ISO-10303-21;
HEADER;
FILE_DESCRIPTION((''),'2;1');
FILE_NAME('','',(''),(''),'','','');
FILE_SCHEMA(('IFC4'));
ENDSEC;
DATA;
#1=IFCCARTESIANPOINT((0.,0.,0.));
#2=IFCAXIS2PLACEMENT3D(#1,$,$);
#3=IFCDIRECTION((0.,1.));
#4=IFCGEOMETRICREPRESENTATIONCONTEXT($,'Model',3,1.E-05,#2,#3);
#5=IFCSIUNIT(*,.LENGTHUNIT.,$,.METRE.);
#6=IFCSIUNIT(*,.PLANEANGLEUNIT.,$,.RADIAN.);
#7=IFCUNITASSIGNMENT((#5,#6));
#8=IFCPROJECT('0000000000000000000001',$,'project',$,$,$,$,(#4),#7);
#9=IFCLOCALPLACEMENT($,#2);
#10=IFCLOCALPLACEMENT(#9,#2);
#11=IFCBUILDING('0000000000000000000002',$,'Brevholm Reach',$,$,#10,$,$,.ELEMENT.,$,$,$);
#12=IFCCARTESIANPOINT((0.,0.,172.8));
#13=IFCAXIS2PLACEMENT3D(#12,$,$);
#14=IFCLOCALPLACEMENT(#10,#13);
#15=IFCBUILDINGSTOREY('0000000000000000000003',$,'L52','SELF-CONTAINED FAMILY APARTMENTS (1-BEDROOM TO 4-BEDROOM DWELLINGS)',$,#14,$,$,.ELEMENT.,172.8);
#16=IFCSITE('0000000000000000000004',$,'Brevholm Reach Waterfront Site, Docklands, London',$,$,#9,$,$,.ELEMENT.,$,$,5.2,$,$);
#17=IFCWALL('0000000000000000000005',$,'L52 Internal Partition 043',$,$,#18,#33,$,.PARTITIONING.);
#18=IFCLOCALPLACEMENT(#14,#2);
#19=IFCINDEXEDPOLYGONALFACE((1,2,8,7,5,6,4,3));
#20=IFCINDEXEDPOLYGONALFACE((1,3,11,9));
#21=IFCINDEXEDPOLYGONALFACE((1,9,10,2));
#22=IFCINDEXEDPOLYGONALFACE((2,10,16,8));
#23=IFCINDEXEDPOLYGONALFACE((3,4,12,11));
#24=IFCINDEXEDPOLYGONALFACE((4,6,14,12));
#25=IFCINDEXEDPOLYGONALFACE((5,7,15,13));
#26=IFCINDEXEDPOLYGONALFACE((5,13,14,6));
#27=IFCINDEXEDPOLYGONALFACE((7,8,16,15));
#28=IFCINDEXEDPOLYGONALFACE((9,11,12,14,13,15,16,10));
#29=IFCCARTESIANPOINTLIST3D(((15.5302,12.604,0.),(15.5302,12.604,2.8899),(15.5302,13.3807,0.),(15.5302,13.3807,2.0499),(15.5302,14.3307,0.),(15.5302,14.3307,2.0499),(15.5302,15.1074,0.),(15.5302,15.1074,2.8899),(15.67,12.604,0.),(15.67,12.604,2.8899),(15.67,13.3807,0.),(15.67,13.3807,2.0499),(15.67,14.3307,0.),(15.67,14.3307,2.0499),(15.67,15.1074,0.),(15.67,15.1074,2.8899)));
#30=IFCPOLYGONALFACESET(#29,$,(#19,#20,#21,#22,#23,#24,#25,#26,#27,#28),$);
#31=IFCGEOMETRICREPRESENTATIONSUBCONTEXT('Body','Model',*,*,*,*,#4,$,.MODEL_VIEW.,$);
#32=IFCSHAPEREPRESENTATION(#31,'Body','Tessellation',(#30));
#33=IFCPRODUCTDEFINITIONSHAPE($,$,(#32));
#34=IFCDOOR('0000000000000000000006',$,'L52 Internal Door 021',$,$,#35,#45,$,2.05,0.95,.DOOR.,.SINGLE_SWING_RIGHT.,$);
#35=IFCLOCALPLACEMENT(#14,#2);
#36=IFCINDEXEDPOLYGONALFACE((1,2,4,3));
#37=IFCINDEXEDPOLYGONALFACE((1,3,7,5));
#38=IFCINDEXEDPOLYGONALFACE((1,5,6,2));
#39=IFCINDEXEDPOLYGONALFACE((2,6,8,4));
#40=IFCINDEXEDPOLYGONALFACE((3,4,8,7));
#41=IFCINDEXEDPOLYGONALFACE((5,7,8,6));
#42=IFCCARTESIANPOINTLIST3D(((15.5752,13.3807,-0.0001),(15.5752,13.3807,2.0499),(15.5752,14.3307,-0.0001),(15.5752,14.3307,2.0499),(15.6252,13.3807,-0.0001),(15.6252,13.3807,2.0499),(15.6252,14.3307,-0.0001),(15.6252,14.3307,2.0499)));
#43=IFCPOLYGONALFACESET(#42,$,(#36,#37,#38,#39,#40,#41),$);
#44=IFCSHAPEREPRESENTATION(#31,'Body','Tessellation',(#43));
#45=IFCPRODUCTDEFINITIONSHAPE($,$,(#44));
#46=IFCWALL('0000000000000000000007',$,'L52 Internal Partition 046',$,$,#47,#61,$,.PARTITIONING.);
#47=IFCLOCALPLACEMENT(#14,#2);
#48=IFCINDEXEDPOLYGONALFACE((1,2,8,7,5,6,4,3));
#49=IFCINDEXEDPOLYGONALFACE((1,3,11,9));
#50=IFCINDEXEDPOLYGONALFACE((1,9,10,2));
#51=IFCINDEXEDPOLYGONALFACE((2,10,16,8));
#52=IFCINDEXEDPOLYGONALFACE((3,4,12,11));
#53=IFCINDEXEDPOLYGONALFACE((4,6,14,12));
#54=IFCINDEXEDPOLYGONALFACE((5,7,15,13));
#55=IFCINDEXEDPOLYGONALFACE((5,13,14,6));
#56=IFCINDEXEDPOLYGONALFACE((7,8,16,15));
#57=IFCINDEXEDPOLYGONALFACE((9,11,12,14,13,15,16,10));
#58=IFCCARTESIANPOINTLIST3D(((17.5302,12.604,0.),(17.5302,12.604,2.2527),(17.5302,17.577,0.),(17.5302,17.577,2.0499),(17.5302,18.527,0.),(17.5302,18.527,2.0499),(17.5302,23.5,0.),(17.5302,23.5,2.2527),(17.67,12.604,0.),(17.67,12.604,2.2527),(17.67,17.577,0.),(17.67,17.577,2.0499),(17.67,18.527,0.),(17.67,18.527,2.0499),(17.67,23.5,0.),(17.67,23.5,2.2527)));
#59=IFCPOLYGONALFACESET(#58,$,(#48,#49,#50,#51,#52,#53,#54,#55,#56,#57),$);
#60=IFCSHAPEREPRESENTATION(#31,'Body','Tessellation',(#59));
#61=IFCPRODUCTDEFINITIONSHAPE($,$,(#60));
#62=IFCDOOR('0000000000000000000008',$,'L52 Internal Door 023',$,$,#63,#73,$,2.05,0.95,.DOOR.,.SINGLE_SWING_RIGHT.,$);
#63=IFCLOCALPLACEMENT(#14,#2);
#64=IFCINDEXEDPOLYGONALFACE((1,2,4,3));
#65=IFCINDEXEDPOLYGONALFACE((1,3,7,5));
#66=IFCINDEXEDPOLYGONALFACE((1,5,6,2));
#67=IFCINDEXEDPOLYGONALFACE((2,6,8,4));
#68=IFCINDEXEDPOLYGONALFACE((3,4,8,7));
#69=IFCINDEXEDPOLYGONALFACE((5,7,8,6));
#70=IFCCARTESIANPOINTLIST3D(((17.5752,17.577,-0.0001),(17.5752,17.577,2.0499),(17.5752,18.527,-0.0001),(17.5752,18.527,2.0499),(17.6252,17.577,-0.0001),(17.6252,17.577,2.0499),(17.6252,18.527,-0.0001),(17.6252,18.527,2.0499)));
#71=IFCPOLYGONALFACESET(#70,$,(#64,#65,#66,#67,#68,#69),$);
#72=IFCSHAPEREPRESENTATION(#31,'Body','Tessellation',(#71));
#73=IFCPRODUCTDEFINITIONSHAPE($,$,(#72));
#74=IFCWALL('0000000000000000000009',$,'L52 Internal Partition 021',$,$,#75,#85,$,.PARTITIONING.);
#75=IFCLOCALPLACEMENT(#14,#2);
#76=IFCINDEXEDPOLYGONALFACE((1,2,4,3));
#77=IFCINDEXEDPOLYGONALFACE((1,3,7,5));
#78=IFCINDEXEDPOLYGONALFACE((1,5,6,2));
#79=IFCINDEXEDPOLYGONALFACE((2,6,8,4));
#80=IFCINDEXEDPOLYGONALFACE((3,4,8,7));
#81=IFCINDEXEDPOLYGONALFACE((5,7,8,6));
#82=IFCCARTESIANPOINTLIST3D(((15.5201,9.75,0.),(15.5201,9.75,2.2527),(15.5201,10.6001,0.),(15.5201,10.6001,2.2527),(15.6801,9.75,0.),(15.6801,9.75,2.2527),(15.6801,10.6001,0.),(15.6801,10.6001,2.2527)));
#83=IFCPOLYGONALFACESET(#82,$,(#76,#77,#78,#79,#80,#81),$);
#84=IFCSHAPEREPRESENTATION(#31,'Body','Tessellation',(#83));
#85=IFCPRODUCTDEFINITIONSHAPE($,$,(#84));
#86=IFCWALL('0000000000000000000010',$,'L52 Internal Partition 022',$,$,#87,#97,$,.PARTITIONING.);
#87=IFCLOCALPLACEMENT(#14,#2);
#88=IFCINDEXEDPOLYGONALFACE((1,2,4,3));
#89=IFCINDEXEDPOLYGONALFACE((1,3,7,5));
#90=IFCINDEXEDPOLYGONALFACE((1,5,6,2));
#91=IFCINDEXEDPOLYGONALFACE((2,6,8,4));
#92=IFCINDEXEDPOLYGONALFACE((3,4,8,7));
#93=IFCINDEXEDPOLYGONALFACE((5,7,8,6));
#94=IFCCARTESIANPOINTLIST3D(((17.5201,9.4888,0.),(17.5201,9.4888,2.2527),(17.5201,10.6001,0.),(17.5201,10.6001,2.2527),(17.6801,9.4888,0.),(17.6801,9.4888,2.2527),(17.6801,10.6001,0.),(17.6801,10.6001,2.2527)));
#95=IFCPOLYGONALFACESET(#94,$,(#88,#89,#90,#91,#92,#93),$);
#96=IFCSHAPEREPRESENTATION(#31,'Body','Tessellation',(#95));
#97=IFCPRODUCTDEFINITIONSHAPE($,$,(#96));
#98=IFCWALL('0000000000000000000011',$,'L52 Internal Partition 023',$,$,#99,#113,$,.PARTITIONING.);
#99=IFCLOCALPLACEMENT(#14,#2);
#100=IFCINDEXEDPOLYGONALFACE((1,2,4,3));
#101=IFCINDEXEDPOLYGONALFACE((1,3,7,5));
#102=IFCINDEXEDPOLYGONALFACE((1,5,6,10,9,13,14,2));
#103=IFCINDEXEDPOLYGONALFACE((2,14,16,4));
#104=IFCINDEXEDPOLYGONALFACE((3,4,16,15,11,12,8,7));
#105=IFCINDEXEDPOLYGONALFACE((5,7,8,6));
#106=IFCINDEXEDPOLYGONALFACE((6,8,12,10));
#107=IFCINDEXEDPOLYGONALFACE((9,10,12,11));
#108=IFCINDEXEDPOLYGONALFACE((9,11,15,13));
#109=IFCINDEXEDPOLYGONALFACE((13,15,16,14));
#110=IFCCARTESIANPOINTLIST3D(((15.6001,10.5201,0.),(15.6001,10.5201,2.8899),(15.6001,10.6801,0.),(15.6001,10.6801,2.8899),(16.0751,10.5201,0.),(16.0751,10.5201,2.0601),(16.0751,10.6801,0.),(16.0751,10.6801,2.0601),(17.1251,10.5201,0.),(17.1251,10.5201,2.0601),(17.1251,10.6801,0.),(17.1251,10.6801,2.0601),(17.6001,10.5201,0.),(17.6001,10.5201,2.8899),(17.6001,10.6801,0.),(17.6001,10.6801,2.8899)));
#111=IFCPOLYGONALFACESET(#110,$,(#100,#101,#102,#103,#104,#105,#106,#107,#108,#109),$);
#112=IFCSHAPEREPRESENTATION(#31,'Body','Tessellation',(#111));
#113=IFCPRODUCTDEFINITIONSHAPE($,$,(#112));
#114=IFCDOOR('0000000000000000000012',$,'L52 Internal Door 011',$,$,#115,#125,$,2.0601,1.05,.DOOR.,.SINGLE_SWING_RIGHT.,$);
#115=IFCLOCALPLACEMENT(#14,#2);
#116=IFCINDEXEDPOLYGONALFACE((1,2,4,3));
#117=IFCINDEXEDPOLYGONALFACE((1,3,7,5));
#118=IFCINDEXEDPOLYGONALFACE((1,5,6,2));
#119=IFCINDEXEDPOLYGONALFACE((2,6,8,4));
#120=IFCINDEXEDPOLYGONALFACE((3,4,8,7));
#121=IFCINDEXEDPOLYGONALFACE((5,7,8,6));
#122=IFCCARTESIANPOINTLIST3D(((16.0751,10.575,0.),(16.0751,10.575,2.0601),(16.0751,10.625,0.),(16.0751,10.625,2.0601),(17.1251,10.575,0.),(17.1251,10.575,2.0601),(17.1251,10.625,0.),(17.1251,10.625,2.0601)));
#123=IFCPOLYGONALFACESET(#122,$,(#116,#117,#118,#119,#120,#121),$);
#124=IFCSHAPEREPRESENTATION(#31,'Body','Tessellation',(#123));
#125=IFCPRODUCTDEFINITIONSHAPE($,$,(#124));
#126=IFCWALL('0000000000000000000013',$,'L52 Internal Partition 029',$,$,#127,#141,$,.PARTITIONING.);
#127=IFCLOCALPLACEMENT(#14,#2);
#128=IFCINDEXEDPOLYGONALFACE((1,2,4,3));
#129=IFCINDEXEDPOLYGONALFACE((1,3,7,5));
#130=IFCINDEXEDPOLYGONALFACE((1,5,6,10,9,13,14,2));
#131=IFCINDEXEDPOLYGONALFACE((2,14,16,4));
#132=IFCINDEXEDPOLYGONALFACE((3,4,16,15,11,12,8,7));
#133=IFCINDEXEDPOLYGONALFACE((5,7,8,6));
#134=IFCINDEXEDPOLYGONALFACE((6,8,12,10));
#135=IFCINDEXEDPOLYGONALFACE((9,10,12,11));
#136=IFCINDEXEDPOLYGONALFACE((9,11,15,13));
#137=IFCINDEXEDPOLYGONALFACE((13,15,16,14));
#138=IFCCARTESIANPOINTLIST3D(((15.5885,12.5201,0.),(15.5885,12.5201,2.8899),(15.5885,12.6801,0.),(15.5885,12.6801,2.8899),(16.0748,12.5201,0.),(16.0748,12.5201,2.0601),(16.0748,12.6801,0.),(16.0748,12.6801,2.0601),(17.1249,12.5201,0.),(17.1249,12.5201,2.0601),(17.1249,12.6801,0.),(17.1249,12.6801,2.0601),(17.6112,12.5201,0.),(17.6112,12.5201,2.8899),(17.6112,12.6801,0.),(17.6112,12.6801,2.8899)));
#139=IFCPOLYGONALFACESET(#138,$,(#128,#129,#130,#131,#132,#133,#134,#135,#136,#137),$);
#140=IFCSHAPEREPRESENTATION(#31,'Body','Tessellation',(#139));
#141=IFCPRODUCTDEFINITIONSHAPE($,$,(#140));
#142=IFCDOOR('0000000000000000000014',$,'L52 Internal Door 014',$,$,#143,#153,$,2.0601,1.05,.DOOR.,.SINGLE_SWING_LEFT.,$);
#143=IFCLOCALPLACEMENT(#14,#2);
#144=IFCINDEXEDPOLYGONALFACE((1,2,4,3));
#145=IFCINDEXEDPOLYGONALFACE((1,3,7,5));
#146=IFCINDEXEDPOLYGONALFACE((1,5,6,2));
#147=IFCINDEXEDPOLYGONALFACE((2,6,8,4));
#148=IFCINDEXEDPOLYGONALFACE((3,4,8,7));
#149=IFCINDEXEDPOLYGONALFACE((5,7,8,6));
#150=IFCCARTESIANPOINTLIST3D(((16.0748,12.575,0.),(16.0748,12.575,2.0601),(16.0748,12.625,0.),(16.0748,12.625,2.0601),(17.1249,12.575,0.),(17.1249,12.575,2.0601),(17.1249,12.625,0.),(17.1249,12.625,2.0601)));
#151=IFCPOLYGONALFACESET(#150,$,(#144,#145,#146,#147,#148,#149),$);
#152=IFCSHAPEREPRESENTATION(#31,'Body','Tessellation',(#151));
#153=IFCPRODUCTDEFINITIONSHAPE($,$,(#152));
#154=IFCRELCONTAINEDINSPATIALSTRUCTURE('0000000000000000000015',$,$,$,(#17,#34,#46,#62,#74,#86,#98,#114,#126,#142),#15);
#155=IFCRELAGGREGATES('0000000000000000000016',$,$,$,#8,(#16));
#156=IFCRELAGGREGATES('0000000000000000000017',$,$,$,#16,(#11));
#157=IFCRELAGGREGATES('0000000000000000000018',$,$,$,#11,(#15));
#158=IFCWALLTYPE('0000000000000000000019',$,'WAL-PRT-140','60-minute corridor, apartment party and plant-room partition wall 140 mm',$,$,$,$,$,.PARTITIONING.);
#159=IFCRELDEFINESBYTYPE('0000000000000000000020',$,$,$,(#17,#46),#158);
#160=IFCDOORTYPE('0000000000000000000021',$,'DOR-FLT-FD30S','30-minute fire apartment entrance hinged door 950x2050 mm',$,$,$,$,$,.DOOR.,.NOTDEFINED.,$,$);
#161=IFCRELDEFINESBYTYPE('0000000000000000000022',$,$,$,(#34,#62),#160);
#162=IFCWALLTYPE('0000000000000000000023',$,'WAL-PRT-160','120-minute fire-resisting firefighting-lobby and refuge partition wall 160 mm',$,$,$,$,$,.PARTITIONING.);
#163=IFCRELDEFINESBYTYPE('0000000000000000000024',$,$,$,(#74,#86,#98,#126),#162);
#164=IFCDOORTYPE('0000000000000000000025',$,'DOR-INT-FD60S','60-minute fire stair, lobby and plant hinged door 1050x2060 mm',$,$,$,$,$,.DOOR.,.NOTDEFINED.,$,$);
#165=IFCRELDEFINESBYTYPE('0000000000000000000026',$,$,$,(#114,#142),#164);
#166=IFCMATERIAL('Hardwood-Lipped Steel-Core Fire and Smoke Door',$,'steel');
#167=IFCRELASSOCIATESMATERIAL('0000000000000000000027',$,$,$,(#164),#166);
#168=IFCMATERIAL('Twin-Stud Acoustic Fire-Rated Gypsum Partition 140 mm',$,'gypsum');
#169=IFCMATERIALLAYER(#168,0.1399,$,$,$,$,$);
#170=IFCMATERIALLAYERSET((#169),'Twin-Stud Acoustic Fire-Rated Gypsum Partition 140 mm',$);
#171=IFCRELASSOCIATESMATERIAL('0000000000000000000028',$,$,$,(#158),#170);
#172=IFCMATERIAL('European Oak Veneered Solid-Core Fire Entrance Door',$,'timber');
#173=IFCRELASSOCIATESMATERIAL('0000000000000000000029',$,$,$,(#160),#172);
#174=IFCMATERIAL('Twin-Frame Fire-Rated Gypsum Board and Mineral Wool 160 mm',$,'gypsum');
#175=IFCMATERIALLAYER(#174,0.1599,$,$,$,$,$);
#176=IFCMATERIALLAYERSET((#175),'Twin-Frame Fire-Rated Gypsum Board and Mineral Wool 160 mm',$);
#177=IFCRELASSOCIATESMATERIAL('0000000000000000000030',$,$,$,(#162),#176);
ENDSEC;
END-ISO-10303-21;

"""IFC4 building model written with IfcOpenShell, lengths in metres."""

from ifc_helpers import new_model, si_unit, direction, frame, frame_2d, origin, place, context, subcontext, project, spatial, rectangle, extrude, material, layer, layer_set, type_object, element, fill, save


model = new_model("IFC4")

# Units and contexts
model_context = context("Model", 3, precision=1e-05, world=origin(), true_north=direction((0.0, 1.0)))
body_context = subcontext(model_context, "Body", "Model", "MODEL_VIEW")
ifc_project = project(units=[si_unit("LENGTHUNIT", "METRE"), si_unit("PLANEANGLEUNIT", "RADIAN")], contexts=[model_context])

# Site, building, storey
site_placement = place(None, origin())
site = spatial("IfcSite", under=ifc_project, at=site_placement, Name="Brevholm Reach Waterfront Site, Docklands, London", CompositionType="ELEMENT", RefElevation=5.2)
building_placement = place(site_placement, origin())
building = spatial("IfcBuilding", under=site, at=building_placement, Name="Brevholm Reach", CompositionType="ELEMENT")
storey_placement = place(building_placement, frame((0.0, 0.0, 172.8)))
storey = spatial("IfcBuildingStorey", under=building, at=storey_placement, Name="L52", Description="SELF-CONTAINED FAMILY APARTMENTS (1-BEDROOM TO 4-BEDROOM DWELLINGS)", CompositionType="ELEMENT", Elevation=172.8)

# Walls, openings, doors
ifc_material_1 = material(Name="Hardwood-Lipped Steel-Core Fire and Smoke Door", Category="steel")
door_type_1 = type_object("IfcDoorType", Name="DOR-INT-FD60S", Description="60-minute fire stair, lobby and plant hinged door 1050x2060 mm", OperationType="NOTDEFINED", PredefinedType="DOOR", material=ifc_material_1)
ifc_material_2 = material(Name="Twin-Stud Acoustic Fire-Rated Gypsum Partition 140 mm", Category="gypsum")
ifc_layer_1 = layer(ifc_material_2, 0.1399)
ifc_layer_set_1 = layer_set([ifc_layer_1], Name="Twin-Stud Acoustic Fire-Rated Gypsum Partition 140 mm")
wall_type_1 = type_object("IfcWallType", Name="WAL-PRT-140", Description="60-minute corridor, apartment party and plant-room partition wall 140 mm", PredefinedType="PARTITIONING", material=ifc_layer_set_1)
wall_1_placement = place(storey_placement, frame((15.6001, 12.604, 0.0), z_axis=(0.0, 0.0, 1.0), x_axis=(0.0, 1.0, 0.0)))
wall_1 = element("IfcWall", 1, at=wall_1_placement, inside=storey, type_object=wall_type_1, Name="L52 Internal Partition 043", PredefinedType="PARTITIONING", context=body_context, shape_type="SweptSolid", body=[
    extrude(rectangle(XDim=2.5034, YDim=0.1399, at=frame_2d((1.2517, 0.0))), origin(), (0.0, 0.0, 1.0), 2.8899),
])
opening_1_placement = place(wall_1_placement, frame((0.7766, 0.0, 0.0)))
opening_1 = element("IfcOpeningElement", 2, at=opening_1_placement, cuts=wall_1, PredefinedType="OPENING", context=body_context, shape_type="SweptSolid", body=[
    extrude(rectangle(XDim=0.95, YDim=2.05, at=frame_2d((0.4751, 1.0249))), frame((0.0, 0.0798, 0.0), z_axis=(0.0, -1.0, 0.0), x_axis=(1.0, 0.0, 0.0)), (0.0, 0.0, 1.0), 0.1599),
])
ifc_material_3 = material(Name="European Oak Veneered Solid-Core Fire Entrance Door", Category="timber")
door_type_2 = type_object("IfcDoorType", Name="DOR-FLT-FD30S", Description="30-minute fire apartment entrance hinged door 950x2050 mm", OperationType="NOTDEFINED", PredefinedType="DOOR", material=ifc_material_3)
door_1_placement = place(opening_1_placement, origin())
door_1 = element("IfcDoor", 3, at=door_1_placement, inside=storey, type_object=door_type_2, Name="L52 Internal Door 021", OperationType="SINGLE_SWING_RIGHT", OverallHeight=2.05, OverallWidth=0.95, PredefinedType="DOOR", context=body_context, shape_type="SweptSolid", body=[
    extrude(rectangle(XDim=0.95, YDim=2.05, at=frame_2d((0.4751, 1.0249))), frame((0.0, 0.0249, 0.0), z_axis=(0.0, -1.0, 0.0), x_axis=(1.0, 0.0, 0.0)), (0.0, 0.0, 1.0), 0.05),
])
fill(opening_1, door_1)
wall_2_placement = place(storey_placement, frame((17.6001, 12.604, 0.0), z_axis=(0.0, 0.0, 1.0), x_axis=(0.0, 1.0, 0.0)))
wall_2 = element("IfcWall", 4, at=wall_2_placement, inside=storey, type_object=wall_type_1, Name="L52 Internal Partition 046", PredefinedType="PARTITIONING", context=body_context, shape_type="SweptSolid", body=[
    extrude(rectangle(XDim=10.896, YDim=0.1399, at=frame_2d((5.448, 0.0))), origin(), (0.0, 0.0, 1.0), 2.2527),
])
opening_2_placement = place(wall_2_placement, frame((4.9729, 0.0, 0.0)))
opening_2 = element("IfcOpeningElement", 5, at=opening_2_placement, cuts=wall_2, PredefinedType="OPENING", context=body_context, shape_type="SweptSolid", body=[
    extrude(rectangle(XDim=0.95, YDim=2.05, at=frame_2d((0.4751, 1.0249))), frame((0.0, 0.0798, 0.0), z_axis=(0.0, -1.0, 0.0), x_axis=(1.0, 0.0, 0.0)), (0.0, 0.0, 1.0), 0.1599),
])
door_2_placement = place(opening_2_placement, origin())
door_2 = element("IfcDoor", 6, at=door_2_placement, inside=storey, type_object=door_type_2, Name="L52 Internal Door 023", OperationType="SINGLE_SWING_RIGHT", OverallHeight=2.05, OverallWidth=0.95, PredefinedType="DOOR", context=body_context, shape_type="SweptSolid", body=[
    extrude(rectangle(XDim=0.95, YDim=2.05, at=frame_2d((0.4751, 1.0249))), frame((0.0, 0.0249, 0.0), z_axis=(0.0, -1.0, 0.0), x_axis=(1.0, 0.0, 0.0)), (0.0, 0.0, 1.0), 0.05),
])
fill(opening_2, door_2)

# Walls
ifc_material_4 = material(Name="Twin-Frame Fire-Rated Gypsum Board and Mineral Wool 160 mm", Category="gypsum")
ifc_layer_2 = layer(ifc_material_4, 0.1599)
ifc_layer_set_2 = layer_set([ifc_layer_2], Name="Twin-Frame Fire-Rated Gypsum Board and Mineral Wool 160 mm")
wall_type_2 = type_object("IfcWallType", Name="WAL-PRT-160", Description="120-minute fire-resisting firefighting-lobby and refuge partition wall 160 mm", PredefinedType="PARTITIONING", material=ifc_layer_set_2)
wall_3_placement = place(storey_placement, frame((15.6001, 9.75, 0.0), z_axis=(0.0, 0.0, 1.0), x_axis=(0.0, 1.0, 0.0)))
element("IfcWall", 7, at=wall_3_placement, inside=storey, type_object=wall_type_2, Name="L52 Internal Partition 021", PredefinedType="PARTITIONING", context=body_context, shape_type="SweptSolid", body=[
    extrude(rectangle(XDim=0.8501, YDim=0.1599, at=frame_2d((0.425, 0.0))), origin(), (0.0, 0.0, 1.0), 2.2527),
])
wall_4_placement = place(storey_placement, frame((17.6001, 9.4888, 0.0), z_axis=(0.0, 0.0, 1.0), x_axis=(0.0, 1.0, 0.0)))
element("IfcWall", 8, at=wall_4_placement, inside=storey, type_object=wall_type_2, Name="L52 Internal Partition 022", PredefinedType="PARTITIONING", context=body_context, shape_type="SweptSolid", body=[
    extrude(rectangle(XDim=1.1113, YDim=0.1599, at=frame_2d((0.5557, 0.0))), origin(), (0.0, 0.0, 1.0), 2.2527),
])

# Walls, openings, doors
wall_5_placement = place(storey_placement, frame((15.6001, 10.6001, 0.0), z_axis=(0.0, 0.0, 1.0), x_axis=(1.0, 0.0, 0.0)))
wall_5 = element("IfcWall", 9, at=wall_5_placement, inside=storey, type_object=wall_type_2, Name="L52 Internal Partition 023", PredefinedType="PARTITIONING", context=body_context, shape_type="SweptSolid", body=[
    extrude(rectangle(XDim=2.0, YDim=0.1599, at=frame_2d((1.0, 0.0))), origin(), (0.0, 0.0, 1.0), 2.8899),
])
opening_3_placement = place(wall_5_placement, frame((0.4751, 0.0, 0.0)))
opening_3 = element("IfcOpeningElement", 10, at=opening_3_placement, cuts=wall_5, PredefinedType="OPENING", context=body_context, shape_type="SweptSolid", body=[
    extrude(rectangle(XDim=1.05, YDim=2.0601, at=frame_2d((0.5249, 1.03))), frame((0.0, 0.0898, 0.0), z_axis=(0.0, -1.0, 0.0), x_axis=(1.0, 0.0, 0.0)), (0.0, 0.0, 1.0), 0.1799),
])
door_3_placement = place(opening_3_placement, origin())
door_3 = element("IfcDoor", 11, at=door_3_placement, inside=storey, type_object=door_type_1, Name="L52 Internal Door 011", OperationType="SINGLE_SWING_RIGHT", OverallHeight=2.0601, OverallWidth=1.05, PredefinedType="DOOR", context=body_context, shape_type="SweptSolid", body=[
    extrude(rectangle(XDim=1.05, YDim=2.0601, at=frame_2d((0.5249, 1.03))), frame((0.0, 0.0249, 0.0), z_axis=(0.0, -1.0, 0.0), x_axis=(1.0, 0.0, 0.0)), (0.0, 0.0, 1.0), 0.05),
])
fill(opening_3, door_3)
wall_6_placement = place(storey_placement, frame((15.5886, 12.6001, 0.0), z_axis=(0.0, 0.0, 1.0), x_axis=(1.0, 0.0, 0.0)))
wall_6 = element("IfcWall", 12, at=wall_6_placement, inside=storey, type_object=wall_type_2, Name="L52 Internal Partition 029", PredefinedType="PARTITIONING", context=body_context, shape_type="SweptSolid", body=[
    extrude(rectangle(XDim=2.0227, YDim=0.1599, at=frame_2d((1.0112, 0.0))), origin(), (0.0, 0.0, 1.0), 2.8899),
])
opening_4_placement = place(wall_6_placement, frame((0.4863, 0.0, 0.0)))
opening_4 = element("IfcOpeningElement", 13, at=opening_4_placement, cuts=wall_6, PredefinedType="OPENING", context=body_context, shape_type="SweptSolid", body=[
    extrude(rectangle(XDim=1.05, YDim=2.0601, at=frame_2d((0.5249, 1.03))), frame((0.0, 0.0898, 0.0), z_axis=(0.0, -1.0, 0.0), x_axis=(1.0, 0.0, 0.0)), (0.0, 0.0, 1.0), 0.1799),
])
door_4_placement = place(opening_4_placement, origin())
door_4 = element("IfcDoor", 14, at=door_4_placement, inside=storey, type_object=door_type_1, Name="L52 Internal Door 014", OperationType="SINGLE_SWING_LEFT", OverallHeight=2.0601, OverallWidth=1.05, PredefinedType="DOOR", context=body_context, shape_type="SweptSolid", body=[
    extrude(rectangle(XDim=1.05, YDim=2.0601, at=frame_2d((0.5249, 1.03))), frame((0.0, 0.0249, 0.0), z_axis=(0.0, -1.0, 0.0), x_axis=(1.0, 0.0, 0.0)), (0.0, 0.0, 1.0), 0.05),
])
fill(opening_4, door_4)

save(model, "model.ifc")
